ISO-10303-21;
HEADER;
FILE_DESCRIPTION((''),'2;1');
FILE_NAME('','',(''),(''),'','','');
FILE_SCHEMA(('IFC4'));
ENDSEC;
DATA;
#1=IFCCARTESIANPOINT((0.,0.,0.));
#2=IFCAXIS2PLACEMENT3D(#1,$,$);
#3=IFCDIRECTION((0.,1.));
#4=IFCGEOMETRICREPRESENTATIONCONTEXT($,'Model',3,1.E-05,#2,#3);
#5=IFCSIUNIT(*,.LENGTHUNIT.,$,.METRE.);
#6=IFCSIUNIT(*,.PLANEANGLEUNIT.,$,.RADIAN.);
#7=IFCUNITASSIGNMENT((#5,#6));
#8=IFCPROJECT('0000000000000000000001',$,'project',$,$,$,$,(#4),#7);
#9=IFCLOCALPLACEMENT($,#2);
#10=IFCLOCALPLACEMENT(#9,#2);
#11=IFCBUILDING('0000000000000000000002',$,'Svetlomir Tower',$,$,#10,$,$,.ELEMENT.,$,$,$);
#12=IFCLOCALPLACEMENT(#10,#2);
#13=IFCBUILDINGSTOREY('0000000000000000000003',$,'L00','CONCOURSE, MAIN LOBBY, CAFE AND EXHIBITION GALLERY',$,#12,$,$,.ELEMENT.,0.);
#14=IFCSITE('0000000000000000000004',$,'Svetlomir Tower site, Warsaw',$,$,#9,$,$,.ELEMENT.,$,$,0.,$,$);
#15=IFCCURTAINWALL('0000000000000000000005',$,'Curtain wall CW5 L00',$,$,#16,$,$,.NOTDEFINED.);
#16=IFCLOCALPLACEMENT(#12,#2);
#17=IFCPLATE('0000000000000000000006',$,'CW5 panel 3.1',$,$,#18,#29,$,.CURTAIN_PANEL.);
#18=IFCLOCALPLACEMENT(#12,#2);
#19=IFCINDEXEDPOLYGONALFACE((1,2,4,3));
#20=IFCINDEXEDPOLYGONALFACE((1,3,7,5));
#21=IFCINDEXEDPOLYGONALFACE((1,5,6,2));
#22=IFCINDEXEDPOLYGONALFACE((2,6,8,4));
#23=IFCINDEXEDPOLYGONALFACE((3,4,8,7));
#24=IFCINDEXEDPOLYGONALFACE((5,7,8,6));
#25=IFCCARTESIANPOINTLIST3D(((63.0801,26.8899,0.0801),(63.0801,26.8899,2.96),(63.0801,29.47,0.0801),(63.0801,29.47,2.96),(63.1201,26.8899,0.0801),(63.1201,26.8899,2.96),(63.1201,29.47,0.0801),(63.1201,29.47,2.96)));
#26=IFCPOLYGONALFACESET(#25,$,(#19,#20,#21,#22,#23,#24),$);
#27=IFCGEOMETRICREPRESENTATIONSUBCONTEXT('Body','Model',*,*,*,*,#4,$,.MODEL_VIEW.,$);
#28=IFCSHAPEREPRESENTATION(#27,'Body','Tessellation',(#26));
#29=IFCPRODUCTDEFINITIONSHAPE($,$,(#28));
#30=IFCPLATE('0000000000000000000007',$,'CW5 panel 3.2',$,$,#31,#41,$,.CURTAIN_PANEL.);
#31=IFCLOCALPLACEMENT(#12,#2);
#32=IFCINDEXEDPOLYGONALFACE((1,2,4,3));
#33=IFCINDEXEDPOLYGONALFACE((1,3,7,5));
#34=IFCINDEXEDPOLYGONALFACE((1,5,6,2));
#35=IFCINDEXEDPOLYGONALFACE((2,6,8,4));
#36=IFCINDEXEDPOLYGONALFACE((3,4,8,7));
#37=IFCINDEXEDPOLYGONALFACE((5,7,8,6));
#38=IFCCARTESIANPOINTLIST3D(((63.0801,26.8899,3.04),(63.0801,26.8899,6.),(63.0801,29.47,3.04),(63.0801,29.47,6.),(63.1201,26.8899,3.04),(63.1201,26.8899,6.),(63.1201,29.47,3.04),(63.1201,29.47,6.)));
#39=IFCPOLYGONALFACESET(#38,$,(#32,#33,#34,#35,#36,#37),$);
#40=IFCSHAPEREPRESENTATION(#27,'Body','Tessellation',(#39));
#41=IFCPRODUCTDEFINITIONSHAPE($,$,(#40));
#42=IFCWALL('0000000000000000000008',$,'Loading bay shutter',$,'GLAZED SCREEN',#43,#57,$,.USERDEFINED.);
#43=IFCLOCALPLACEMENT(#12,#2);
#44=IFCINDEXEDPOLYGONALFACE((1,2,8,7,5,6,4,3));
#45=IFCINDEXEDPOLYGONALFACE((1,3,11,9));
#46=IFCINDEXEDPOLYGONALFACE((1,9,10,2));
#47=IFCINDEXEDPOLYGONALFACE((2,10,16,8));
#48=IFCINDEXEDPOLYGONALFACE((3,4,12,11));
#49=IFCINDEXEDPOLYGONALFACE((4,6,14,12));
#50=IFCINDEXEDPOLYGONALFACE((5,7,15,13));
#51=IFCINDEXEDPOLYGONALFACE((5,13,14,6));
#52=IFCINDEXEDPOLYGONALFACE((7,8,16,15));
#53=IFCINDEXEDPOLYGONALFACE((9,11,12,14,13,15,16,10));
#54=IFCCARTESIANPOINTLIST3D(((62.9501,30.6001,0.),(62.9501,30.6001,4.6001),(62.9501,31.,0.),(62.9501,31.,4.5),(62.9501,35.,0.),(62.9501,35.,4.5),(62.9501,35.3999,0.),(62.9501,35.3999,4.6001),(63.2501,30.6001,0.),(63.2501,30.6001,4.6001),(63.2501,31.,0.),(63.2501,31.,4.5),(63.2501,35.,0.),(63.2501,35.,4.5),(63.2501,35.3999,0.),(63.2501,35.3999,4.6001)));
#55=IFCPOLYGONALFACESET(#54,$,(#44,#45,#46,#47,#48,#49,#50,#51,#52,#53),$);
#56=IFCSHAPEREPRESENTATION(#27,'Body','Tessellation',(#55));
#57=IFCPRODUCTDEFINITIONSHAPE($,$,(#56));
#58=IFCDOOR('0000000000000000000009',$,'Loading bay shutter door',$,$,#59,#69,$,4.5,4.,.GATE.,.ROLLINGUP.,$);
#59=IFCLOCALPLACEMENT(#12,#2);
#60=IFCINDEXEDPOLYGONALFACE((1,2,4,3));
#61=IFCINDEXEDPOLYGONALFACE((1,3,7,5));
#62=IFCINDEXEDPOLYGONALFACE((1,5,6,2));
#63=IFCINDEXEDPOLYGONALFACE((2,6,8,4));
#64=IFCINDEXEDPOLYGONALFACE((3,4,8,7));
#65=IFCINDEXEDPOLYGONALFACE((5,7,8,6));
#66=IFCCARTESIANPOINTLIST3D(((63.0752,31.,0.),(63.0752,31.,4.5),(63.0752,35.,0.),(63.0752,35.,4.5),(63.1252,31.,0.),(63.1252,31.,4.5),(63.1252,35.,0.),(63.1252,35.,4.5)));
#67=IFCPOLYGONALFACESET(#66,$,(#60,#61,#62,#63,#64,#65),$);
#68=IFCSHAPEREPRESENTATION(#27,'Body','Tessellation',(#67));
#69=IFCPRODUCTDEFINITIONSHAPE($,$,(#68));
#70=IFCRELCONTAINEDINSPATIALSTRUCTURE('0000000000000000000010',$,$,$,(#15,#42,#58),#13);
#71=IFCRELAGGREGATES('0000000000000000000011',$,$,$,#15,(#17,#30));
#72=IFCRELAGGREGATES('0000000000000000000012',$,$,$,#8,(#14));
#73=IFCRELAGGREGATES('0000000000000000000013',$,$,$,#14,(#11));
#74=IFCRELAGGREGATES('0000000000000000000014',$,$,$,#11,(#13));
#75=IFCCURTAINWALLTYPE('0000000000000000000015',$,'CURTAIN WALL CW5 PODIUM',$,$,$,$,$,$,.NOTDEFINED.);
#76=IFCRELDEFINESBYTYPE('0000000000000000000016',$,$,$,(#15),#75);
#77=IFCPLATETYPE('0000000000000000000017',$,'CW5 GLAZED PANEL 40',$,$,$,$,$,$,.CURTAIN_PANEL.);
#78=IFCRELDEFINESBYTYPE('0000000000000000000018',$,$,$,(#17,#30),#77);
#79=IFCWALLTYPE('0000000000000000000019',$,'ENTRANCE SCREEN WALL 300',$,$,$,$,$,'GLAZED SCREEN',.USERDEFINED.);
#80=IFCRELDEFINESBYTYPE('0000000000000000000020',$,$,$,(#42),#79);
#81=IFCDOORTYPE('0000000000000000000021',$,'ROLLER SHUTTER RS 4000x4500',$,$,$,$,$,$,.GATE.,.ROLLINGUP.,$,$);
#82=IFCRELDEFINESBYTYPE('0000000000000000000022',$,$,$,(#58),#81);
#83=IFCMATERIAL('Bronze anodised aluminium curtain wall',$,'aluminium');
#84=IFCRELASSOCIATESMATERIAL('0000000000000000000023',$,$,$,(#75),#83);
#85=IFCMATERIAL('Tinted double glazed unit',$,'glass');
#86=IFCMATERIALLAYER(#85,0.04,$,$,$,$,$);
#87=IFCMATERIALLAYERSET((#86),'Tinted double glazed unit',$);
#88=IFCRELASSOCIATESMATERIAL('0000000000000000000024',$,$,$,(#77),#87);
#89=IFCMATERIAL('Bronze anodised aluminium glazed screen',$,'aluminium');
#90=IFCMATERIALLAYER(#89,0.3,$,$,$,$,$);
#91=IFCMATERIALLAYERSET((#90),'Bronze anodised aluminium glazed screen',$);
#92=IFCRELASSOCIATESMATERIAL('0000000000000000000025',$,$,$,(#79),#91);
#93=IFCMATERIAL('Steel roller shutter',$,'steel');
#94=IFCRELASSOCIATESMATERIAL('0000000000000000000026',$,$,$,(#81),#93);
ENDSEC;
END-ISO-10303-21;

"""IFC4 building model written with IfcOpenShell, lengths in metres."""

from ifc_helpers import new_model, si_unit, direction, frame, frame_2d, origin, origin_2d, place, context, subcontext, project, spatial, rectangle, extrude, material, layer, layer_set, type_object, element, fill, aggregate, save


model = new_model("IFC4")

# Units and contexts
model_context = context("Model", 3, precision=1e-05, world=origin(), true_north=direction((0.0, 1.0)))
body_context = subcontext(model_context, "Body", "Model", "MODEL_VIEW")
ifc_project = project(units=[si_unit("LENGTHUNIT", "METRE"), si_unit("PLANEANGLEUNIT", "RADIAN")], contexts=[model_context])

# Site, building, storey
site_placement = place(None, origin())
site = spatial("IfcSite", under=ifc_project, at=site_placement, Name="Svetlomir Tower site, Warsaw", CompositionType="ELEMENT", RefElevation=0.0)
building_placement = place(site_placement, origin())
building = spatial("IfcBuilding", under=site, at=building_placement, Name="Svetlomir Tower", CompositionType="ELEMENT")
storey_placement = place(building_placement, origin())
storey = spatial("IfcBuildingStorey", under=building, at=storey_placement, Name="L00", Description="CONCOURSE, MAIN LOBBY, CAFE AND EXHIBITION GALLERY", CompositionType="ELEMENT", Elevation=0.0)

# Curtain wall
ifc_material_1 = material(Name="Bronze anodised aluminium curtain wall", Category="aluminium")
curtain_wall_type = type_object("IfcCurtainWallType", Name="CURTAIN WALL CW5 PODIUM", PredefinedType="NOTDEFINED", material=ifc_material_1)
curtain_wall_placement = place(storey_placement, origin())
curtain_wall = element("IfcCurtainWall", 1, at=curtain_wall_placement, inside=storey, type_object=curtain_wall_type, Name="Curtain wall CW5 L00", PredefinedType="NOTDEFINED")

# Plates
ifc_material_2 = material(Name="Tinted double glazed unit", Category="glass")
ifc_layer_1 = layer(ifc_material_2, 0.04)
ifc_layer_set_1 = layer_set([ifc_layer_1], Name="Tinted double glazed unit")
plate_type = type_object("IfcPlateType", Name="CW5 GLAZED PANEL 40", PredefinedType="CURTAIN_PANEL", material=ifc_layer_set_1)
plate_1_placement = place(storey_placement, frame((63.1001, 28.1799, 0.0801), z_axis=(0.0, 0.0, 1.0), x_axis=(0.0, 1.0, 0.0)))
plate_1 = element("IfcPlate", 2, at=plate_1_placement, type_object=plate_type, Name="CW5 panel 3.1", PredefinedType="CURTAIN_PANEL", context=body_context, shape_type="SweptSolid", body=[
    extrude(rectangle(XDim=2.5801, YDim=0.04, at=origin_2d()), origin(), (0.0, 0.0, 1.0), 2.8799),
])
plate_2_placement = place(storey_placement, frame((63.1001, 28.1799, 3.04), z_axis=(0.0, 0.0, 1.0), x_axis=(0.0, 1.0, 0.0)))
plate_2 = element("IfcPlate", 3, at=plate_2_placement, type_object=plate_type, Name="CW5 panel 3.2", PredefinedType="CURTAIN_PANEL", context=body_context, shape_type="SweptSolid", body=[
    extrude(rectangle(XDim=2.5801, YDim=0.04, at=origin_2d()), origin(), (0.0, 0.0, 1.0), 2.96),
])
aggregate(curtain_wall, [plate_1, plate_2])

# Wall, opening, door
ifc_material_3 = material(Name="Bronze anodised aluminium glazed screen", Category="aluminium")
ifc_layer_2 = layer(ifc_material_3, 0.3)
ifc_layer_set_2 = layer_set([ifc_layer_2], Name="Bronze anodised aluminium glazed screen")
wall_type = type_object("IfcWallType", Name="ENTRANCE SCREEN WALL 300", ElementType="GLAZED SCREEN", PredefinedType="USERDEFINED", material=ifc_layer_set_2)
wall_placement = place(storey_placement, frame((63.1001, 30.6001, 0.0), z_axis=(0.0, 0.0, 1.0), x_axis=(0.0, 1.0, 0.0)))
wall = element("IfcWall", 4, at=wall_placement, inside=storey, type_object=wall_type, Name="Loading bay shutter", ObjectType="GLAZED SCREEN", PredefinedType="USERDEFINED", context=body_context, shape_type="SweptSolid", body=[
    extrude(rectangle(XDim=4.7998, YDim=0.3, at=frame_2d((2.3999, 0.0))), origin(), (0.0, 0.0, 1.0), 4.6001),
])
opening_placement = place(wall_placement, frame((0.3999, 0.0, 0.0)))
opening = element("IfcOpeningElement", 5, at=opening_placement, cuts=wall, PredefinedType="OPENING", context=body_context, shape_type="SweptSolid", body=[
    extrude(rectangle(XDim=4.0, YDim=4.5, at=frame_2d((2.0, 2.25))), frame((0.0, 0.1602, 0.0), z_axis=(0.0, -1.0, 0.0), x_axis=(1.0, 0.0, 0.0)), (0.0, 0.0, 1.0), 0.3201),
])
ifc_material_4 = material(Name="Steel roller shutter", Category="steel")
door_type = type_object("IfcDoorType", Name="ROLLER SHUTTER RS 4000x4500", OperationType="ROLLINGUP", PredefinedType="GATE", material=ifc_material_4)
door_placement = place(opening_placement, origin())
door = element("IfcDoor", 6, at=door_placement, inside=storey, type_object=door_type, Name="Loading bay shutter door", OperationType="ROLLINGUP", OverallHeight=4.5, OverallWidth=4.0, PredefinedType="GATE", context=body_context, shape_type="SweptSolid", body=[
    extrude(rectangle(XDim=4.0, YDim=4.5, at=frame_2d((2.0, 2.25))), frame((0.0, 0.0249, 0.0), z_axis=(0.0, -1.0, 0.0), x_axis=(1.0, 0.0, 0.0)), (0.0, 0.0, 1.0), 0.05),
])
fill(opening, door)

save(model, "model.ifc")
